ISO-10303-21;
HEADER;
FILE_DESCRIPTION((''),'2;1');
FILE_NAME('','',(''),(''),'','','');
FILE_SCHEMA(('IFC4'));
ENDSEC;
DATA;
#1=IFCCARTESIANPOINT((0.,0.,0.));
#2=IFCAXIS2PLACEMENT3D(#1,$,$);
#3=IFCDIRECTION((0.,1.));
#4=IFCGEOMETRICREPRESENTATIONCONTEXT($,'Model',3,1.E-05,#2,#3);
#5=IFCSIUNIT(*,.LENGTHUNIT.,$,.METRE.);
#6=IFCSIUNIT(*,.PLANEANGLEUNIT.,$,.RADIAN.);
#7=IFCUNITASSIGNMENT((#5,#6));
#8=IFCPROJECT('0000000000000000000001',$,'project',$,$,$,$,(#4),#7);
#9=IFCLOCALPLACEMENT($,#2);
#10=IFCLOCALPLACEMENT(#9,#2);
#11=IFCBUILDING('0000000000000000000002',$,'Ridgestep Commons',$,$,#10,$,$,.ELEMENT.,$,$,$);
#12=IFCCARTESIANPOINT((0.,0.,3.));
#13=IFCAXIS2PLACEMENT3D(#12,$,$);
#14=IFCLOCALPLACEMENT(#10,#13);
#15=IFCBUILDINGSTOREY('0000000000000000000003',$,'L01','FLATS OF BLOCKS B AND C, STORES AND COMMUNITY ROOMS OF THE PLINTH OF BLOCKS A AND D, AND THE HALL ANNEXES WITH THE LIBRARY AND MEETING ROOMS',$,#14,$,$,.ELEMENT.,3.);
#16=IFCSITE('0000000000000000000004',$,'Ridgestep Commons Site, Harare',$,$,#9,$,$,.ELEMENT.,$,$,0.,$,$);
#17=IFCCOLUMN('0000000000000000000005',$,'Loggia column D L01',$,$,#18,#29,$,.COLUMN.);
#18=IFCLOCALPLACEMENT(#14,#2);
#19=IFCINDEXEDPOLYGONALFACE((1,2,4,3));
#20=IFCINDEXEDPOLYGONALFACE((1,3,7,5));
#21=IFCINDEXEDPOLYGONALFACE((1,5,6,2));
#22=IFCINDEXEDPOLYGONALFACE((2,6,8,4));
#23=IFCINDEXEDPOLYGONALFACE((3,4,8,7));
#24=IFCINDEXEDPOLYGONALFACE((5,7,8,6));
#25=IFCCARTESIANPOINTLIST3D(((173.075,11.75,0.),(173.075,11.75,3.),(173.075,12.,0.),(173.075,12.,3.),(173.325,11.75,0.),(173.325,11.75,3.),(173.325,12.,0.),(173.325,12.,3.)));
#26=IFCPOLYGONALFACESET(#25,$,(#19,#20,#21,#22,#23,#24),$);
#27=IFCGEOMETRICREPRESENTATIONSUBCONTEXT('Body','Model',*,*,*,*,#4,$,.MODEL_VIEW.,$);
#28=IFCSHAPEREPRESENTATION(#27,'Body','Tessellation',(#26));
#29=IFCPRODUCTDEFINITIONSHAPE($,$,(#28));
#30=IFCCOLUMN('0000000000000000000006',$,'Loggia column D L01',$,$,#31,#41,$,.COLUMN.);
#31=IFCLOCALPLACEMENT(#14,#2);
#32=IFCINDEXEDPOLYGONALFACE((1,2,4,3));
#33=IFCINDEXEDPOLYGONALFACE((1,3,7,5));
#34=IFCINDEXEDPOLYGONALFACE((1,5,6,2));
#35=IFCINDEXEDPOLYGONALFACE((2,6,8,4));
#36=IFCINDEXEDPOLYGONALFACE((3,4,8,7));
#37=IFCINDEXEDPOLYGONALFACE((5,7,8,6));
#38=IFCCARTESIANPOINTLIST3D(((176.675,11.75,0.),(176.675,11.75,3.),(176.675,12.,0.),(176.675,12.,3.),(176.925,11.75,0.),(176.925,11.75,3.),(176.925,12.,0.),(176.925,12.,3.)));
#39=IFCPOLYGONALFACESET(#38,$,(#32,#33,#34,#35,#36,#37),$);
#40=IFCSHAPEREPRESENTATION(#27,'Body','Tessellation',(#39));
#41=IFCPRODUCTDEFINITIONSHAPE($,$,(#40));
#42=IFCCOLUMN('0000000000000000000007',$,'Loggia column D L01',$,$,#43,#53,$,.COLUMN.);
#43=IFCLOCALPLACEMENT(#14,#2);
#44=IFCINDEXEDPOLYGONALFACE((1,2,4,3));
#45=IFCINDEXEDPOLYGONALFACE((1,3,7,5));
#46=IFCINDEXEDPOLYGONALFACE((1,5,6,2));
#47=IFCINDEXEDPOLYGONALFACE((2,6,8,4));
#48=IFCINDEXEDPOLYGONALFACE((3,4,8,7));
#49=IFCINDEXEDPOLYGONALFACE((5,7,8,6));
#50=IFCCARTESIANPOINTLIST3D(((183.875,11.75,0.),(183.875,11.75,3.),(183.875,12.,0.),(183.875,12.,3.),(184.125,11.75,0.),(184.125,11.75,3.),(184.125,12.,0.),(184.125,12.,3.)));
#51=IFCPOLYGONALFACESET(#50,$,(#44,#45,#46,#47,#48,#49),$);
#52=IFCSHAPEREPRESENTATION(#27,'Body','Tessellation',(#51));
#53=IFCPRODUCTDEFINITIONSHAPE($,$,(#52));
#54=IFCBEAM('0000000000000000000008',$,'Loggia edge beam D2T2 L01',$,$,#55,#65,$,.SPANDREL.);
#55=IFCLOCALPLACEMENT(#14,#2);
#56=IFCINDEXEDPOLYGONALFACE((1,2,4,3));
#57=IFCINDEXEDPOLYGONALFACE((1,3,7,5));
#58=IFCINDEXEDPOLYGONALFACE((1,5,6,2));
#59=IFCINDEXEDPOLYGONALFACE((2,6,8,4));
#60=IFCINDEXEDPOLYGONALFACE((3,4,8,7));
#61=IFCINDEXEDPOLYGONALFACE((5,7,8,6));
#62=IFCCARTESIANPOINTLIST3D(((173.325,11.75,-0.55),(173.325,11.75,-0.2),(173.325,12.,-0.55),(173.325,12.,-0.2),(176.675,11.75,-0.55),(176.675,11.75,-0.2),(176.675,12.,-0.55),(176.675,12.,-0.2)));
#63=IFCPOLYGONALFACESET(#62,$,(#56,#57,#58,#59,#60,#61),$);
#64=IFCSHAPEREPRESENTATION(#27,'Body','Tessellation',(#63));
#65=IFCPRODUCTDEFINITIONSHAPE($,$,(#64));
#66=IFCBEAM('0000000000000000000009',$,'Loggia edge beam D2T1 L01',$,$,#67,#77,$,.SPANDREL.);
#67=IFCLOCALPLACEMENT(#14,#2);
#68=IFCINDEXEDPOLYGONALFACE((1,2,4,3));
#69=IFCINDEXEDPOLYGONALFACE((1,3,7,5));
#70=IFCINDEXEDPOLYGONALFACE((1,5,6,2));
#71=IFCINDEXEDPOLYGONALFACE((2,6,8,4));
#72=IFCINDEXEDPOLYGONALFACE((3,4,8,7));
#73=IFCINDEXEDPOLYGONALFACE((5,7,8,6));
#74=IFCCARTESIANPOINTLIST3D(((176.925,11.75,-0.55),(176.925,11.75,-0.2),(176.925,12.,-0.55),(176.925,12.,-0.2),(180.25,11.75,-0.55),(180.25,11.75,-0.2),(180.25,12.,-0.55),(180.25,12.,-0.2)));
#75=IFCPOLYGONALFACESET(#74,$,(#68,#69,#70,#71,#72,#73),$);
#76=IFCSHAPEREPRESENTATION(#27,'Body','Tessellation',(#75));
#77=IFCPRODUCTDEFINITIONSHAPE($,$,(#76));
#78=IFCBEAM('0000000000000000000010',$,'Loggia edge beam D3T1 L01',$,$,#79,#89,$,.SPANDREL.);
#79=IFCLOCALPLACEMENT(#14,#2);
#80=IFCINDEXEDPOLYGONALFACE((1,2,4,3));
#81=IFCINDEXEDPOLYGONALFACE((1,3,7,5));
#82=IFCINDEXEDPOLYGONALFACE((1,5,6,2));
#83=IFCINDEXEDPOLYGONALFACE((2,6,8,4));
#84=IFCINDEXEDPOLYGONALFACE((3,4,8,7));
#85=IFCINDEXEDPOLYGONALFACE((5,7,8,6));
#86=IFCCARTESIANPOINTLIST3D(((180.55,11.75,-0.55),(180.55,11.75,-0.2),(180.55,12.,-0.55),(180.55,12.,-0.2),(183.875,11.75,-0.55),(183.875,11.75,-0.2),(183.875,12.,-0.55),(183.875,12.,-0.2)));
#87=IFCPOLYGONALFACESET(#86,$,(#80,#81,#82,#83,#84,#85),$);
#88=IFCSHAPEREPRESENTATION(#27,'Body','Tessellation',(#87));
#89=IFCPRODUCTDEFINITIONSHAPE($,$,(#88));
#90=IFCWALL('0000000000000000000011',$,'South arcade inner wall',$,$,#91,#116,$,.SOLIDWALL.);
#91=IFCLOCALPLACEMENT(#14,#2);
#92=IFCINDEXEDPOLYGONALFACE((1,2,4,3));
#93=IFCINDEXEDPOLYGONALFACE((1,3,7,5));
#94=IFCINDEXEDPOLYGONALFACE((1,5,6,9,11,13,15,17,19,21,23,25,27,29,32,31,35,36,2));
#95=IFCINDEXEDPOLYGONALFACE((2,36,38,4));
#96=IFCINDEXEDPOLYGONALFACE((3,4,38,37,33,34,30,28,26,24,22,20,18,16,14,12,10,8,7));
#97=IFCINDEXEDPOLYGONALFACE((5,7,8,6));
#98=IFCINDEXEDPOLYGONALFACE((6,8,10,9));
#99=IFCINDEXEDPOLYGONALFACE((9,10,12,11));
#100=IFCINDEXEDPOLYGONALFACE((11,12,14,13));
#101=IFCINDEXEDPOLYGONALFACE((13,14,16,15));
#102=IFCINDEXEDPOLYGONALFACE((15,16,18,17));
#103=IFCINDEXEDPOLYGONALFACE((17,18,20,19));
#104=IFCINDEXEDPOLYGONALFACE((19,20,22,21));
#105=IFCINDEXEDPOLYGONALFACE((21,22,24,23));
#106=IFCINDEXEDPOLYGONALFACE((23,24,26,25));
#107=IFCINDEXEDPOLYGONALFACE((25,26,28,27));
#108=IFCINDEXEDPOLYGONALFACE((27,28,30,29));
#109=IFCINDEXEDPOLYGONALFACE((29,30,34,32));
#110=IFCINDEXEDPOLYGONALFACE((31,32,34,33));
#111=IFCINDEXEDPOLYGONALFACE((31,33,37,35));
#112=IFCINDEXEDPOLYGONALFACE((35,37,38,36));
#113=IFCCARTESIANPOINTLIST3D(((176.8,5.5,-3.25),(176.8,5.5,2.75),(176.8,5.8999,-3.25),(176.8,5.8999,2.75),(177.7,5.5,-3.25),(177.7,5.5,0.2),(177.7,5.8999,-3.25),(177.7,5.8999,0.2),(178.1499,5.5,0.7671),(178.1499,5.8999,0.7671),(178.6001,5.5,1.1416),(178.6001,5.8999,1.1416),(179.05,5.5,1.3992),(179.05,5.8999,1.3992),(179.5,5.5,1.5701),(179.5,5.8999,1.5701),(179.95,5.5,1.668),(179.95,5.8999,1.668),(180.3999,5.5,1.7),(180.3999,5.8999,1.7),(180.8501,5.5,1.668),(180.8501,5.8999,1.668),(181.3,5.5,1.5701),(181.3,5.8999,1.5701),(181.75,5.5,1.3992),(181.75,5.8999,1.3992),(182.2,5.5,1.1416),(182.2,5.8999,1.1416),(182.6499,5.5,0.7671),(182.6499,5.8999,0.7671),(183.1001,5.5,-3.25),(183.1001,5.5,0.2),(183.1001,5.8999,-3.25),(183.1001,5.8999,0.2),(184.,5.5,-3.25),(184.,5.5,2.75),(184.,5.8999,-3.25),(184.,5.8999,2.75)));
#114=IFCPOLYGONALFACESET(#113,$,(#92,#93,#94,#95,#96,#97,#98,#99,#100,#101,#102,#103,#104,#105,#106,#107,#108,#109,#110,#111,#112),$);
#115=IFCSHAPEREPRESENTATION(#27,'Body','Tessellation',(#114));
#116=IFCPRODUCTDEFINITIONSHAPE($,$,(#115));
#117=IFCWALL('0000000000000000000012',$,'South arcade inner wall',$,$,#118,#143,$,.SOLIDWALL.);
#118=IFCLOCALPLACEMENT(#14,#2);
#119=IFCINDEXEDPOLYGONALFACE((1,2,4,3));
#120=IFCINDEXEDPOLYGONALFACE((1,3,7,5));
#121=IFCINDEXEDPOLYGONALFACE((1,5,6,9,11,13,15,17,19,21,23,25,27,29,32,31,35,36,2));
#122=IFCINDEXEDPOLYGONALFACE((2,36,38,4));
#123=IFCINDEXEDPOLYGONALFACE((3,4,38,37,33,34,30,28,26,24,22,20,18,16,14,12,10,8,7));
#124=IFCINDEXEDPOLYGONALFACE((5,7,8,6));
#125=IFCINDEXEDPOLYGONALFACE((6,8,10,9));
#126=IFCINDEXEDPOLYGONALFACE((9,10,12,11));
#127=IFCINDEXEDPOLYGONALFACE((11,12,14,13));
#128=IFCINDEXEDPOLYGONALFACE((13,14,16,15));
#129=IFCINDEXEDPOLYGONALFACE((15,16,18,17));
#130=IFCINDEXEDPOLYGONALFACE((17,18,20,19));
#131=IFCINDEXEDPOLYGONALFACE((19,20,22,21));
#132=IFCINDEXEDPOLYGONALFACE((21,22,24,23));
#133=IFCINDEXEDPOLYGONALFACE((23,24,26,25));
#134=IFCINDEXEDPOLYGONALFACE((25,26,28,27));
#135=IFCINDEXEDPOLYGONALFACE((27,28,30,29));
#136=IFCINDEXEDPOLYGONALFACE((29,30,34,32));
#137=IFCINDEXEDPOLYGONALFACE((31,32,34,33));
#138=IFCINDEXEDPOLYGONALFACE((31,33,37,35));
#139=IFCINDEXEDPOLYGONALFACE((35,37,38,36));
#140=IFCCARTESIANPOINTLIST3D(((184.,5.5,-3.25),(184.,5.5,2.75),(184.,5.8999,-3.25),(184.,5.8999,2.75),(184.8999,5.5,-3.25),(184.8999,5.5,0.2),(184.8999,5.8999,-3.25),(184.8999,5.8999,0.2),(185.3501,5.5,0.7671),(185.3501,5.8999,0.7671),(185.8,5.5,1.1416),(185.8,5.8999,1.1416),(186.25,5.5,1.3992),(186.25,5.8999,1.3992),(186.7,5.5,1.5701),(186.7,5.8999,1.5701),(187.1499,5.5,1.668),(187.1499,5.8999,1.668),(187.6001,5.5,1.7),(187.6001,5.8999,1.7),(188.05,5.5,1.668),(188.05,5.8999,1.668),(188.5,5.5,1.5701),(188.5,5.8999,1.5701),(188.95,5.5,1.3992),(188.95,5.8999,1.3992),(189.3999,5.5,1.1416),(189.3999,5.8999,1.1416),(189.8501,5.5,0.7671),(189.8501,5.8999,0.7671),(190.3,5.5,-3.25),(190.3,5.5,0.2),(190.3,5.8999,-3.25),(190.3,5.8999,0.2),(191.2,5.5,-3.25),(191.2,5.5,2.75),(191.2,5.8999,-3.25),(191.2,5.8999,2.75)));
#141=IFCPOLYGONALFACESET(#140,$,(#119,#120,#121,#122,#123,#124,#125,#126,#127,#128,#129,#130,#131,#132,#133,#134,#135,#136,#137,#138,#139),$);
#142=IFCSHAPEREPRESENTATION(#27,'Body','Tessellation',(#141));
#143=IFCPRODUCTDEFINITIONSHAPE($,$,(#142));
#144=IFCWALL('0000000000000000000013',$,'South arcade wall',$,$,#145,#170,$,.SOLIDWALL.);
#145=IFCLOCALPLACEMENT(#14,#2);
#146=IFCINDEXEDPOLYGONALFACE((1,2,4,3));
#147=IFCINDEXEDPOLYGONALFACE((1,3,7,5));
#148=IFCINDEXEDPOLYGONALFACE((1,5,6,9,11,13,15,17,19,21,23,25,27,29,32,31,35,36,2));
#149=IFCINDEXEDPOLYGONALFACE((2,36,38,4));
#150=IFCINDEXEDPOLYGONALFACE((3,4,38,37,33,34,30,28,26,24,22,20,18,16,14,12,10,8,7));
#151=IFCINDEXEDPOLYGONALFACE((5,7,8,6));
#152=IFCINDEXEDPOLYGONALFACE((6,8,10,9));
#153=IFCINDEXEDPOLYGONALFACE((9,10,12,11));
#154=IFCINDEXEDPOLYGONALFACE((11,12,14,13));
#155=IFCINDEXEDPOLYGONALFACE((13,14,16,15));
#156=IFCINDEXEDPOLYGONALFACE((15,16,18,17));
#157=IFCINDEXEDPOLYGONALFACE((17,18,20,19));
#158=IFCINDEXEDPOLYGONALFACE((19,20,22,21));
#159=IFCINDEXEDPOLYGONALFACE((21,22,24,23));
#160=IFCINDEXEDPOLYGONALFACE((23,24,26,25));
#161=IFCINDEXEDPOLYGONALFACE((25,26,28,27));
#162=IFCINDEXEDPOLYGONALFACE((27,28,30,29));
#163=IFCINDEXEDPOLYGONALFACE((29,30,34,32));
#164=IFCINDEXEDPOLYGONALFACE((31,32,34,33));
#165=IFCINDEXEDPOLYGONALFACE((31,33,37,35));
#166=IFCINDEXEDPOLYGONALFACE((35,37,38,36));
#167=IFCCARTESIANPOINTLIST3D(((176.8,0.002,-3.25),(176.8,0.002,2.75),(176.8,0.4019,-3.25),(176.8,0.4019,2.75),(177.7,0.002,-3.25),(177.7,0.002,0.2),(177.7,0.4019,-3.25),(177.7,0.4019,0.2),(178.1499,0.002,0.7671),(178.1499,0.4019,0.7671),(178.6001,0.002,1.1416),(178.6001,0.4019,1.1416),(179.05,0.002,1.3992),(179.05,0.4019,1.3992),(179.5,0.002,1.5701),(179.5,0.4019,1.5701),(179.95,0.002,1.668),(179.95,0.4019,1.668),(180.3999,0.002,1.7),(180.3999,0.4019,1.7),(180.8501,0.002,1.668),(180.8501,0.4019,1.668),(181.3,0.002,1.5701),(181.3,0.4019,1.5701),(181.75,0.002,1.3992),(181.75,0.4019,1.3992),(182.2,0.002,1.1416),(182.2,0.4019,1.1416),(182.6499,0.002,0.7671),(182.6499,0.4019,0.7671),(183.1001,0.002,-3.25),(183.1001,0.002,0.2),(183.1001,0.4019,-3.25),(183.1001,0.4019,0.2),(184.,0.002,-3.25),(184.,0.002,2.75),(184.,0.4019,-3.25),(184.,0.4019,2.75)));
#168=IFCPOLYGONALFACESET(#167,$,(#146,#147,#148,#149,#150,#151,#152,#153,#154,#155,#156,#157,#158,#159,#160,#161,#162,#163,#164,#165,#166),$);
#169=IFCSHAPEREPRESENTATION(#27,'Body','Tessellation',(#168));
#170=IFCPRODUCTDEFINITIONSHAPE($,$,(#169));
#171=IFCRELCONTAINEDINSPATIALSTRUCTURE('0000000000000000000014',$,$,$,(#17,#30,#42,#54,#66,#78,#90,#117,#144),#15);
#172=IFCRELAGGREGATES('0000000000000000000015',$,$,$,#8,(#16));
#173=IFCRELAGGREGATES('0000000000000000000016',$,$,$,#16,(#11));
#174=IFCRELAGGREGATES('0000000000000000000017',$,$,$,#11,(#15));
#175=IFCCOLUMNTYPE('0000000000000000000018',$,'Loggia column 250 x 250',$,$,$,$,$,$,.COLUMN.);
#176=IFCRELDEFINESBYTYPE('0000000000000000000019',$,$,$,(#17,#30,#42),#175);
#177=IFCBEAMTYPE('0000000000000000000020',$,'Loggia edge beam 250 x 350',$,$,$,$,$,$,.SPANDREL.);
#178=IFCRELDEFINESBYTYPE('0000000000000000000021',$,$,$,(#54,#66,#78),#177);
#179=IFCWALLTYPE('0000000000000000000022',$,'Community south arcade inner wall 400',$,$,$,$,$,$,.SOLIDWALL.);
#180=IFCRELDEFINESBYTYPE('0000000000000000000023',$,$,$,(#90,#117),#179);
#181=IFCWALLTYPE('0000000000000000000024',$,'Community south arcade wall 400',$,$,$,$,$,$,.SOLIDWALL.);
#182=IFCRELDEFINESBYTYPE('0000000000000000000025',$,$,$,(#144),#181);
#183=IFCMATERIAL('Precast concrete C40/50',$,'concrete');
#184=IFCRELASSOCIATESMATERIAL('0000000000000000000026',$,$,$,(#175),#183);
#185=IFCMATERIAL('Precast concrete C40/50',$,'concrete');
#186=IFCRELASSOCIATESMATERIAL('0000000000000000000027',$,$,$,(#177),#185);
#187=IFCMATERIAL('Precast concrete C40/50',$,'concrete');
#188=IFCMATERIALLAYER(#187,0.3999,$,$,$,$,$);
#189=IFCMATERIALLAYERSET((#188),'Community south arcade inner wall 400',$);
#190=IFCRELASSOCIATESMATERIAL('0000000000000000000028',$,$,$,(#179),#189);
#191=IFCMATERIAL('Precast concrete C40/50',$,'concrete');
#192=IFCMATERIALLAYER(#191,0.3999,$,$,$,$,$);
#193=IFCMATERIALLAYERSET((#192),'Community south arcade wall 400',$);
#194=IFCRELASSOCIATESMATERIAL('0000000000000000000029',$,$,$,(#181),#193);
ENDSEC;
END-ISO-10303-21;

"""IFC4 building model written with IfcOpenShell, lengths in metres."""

from ifc_helpers import new_model, si_unit, direction, frame, origin, origin_2d, place, context, subcontext, project, spatial, polyline, rectangle, outline, extrude, material, layer, layer_set, material_profile, profile_set, type_object, element, save


model = new_model("IFC4")

# Units and contexts
model_context = context("Model", 3, precision=1e-05, world=origin(), true_north=direction((0.0, 1.0)))
body_context = subcontext(model_context, "Body", "Model", "MODEL_VIEW")
ifc_project = project(units=[si_unit("LENGTHUNIT", "METRE"), si_unit("PLANEANGLEUNIT", "RADIAN")], contexts=[model_context])

# Site, building, storey
site_placement = place(None, origin())
site = spatial("IfcSite", under=ifc_project, at=site_placement, Name="Ridgestep Commons Site, Harare", CompositionType="ELEMENT", RefElevation=0.0)
building_placement = place(site_placement, origin())
building = spatial("IfcBuilding", under=site, at=building_placement, Name="Ridgestep Commons", CompositionType="ELEMENT")
storey_placement = place(building_placement, frame((0.0, 0.0, 3.0)))
storey = spatial("IfcBuildingStorey", under=building, at=storey_placement, Name="L01", Description="FLATS OF BLOCKS B AND C, STORES AND COMMUNITY ROOMS OF THE PLINTH OF BLOCKS A AND D, AND THE HALL ANNEXES WITH THE LIBRARY AND MEETING ROOMS", CompositionType="ELEMENT", Elevation=3.0)

# Columns
ifc_material_1 = material(Name="Precast concrete C40/50", Category="concrete")
ifc_material_profile_1 = material_profile(ifc_material_1, rectangle(XDim=0.25, YDim=0.25, at=origin_2d()), Name="PC 250x250")
ifc_profile_set_1 = profile_set([ifc_material_profile_1], Name="Precast concrete C40/50")
column_type = type_object("IfcColumnType", Name="Loggia column 250 x 250", PredefinedType="COLUMN", material=ifc_profile_set_1)
for number, where, z_axis, x_axis, name in (
    (1, (173.2, 11.875, 0.0), (0.0, 0.0, 1.0), (1.0, 0.0, 0.0), "Loggia column D L01"),
    (2, (176.8, 11.875, 0.0), (0.0, 0.0, 1.0), (1.0, 0.0, 0.0), "Loggia column D L01"),
    (3, (184.0, 11.875, 0.0), (0.0, 0.0, 1.0), (1.0, 0.0, 0.0), "Loggia column D L01"),
):
    element("IfcColumn", number, at=place(storey_placement, frame(where, z_axis=z_axis, x_axis=x_axis)), inside=storey, type_object=column_type, Name=name, PredefinedType="COLUMN", context=body_context, shape_type="SweptSolid", body=[
        extrude(rectangle(XDim=0.25, YDim=0.25, at=origin_2d()), origin(), (0.0, 0.0, 1.0), 3.0),
    ])

# Beams
ifc_material_2 = material(Name="Precast concrete C40/50", Category="concrete")
ifc_material_profile_2 = material_profile(ifc_material_2, rectangle(XDim=0.25, YDim=0.3501, at=origin_2d()), Name="PC 250x350")
ifc_profile_set_2 = profile_set([ifc_material_profile_2], Name="Precast concrete C40/50")
beam_type = type_object("IfcBeamType", Name="Loggia edge beam 250 x 350", PredefinedType="SPANDREL", material=ifc_profile_set_2)
beam_placement = place(storey_placement, frame((173.325, 11.875, -0.375), z_axis=(1.0, 0.0, 0.0), x_axis=(0.0, 1.0, 0.0)))
element("IfcBeam", 4, at=beam_placement, inside=storey, type_object=beam_type, Name="Loggia edge beam D2T2 L01", PredefinedType="SPANDREL", context=body_context, shape_type="SweptSolid", body=[
    extrude(rectangle(XDim=0.25, YDim=0.3501, at=origin_2d()), origin(), (0.0, 0.0, 1.0), 3.3501),
])
for number, where, z_axis, x_axis, name in (
    (5, (176.925, 11.875, -0.375), (1.0, 0.0, 0.0), (0.0, 1.0, 0.0), "Loggia edge beam D2T1 L01"),
    (6, (180.55, 11.875, -0.375), (1.0, 0.0, 0.0), (0.0, 1.0, 0.0), "Loggia edge beam D3T1 L01"),
):
    element("IfcBeam", number, at=place(storey_placement, frame(where, z_axis=z_axis, x_axis=x_axis)), inside=storey, type_object=beam_type, Name=name, PredefinedType="SPANDREL", context=body_context, shape_type="SweptSolid", body=[
        extrude(rectangle(XDim=0.25, YDim=0.3501, at=origin_2d()), origin(), (0.0, 0.0, 1.0), 3.325),
    ])

# Walls
ifc_material_3 = material(Name="Precast concrete C40/50", Category="concrete")
ifc_layer_1 = layer(ifc_material_3, 0.3999)
ifc_layer_set_1 = layer_set([ifc_layer_1], Name="Community south arcade inner wall 400")
wall_type_1 = type_object("IfcWallType", Name="Community south arcade inner wall 400", PredefinedType="SOLIDWALL", material=ifc_layer_set_1)
wall_1_placement = place(storey_placement, frame((176.8, 5.5, -3.25), z_axis=(0.0, -1.0, 0.0), x_axis=(1.0, 0.0, 0.0)))
element("IfcWall", 7, at=wall_1_placement, inside=storey, type_object=wall_type_1, Name="South arcade inner wall", PredefinedType="SOLIDWALL", context=body_context, shape_type="SweptSolid", body=[
    extrude(outline(polyline([(0.0, 0.0), (0.8999, 0.0), (0.8999, 3.45), (1.3499, 4.0171), (1.8, 4.3916), (2.25, 4.6492), (2.7, 4.8201), (3.1499, 4.918), (3.5999, 4.95), (4.05, 4.918), (4.5, 4.8201), (4.95, 4.6492), (5.3999, 4.3916), (5.8499, 4.0171), (6.3, 3.45), (6.3, 0.0), (7.2, 0.0), (7.2, 6.0), (0.0, 6.0), (0.0, 0.0)])), origin(), (0.0, 0.0, -1.0), 0.3999),
])
wall_2_placement = place(storey_placement, frame((184.0, 5.5, -3.25), z_axis=(0.0, -1.0, 0.0), x_axis=(1.0, 0.0, 0.0)))
element("IfcWall", 8, at=wall_2_placement, inside=storey, type_object=wall_type_1, Name="South arcade inner wall", PredefinedType="SOLIDWALL", context=body_context, shape_type="SweptSolid", body=[
    extrude(outline(polyline([(0.0, 0.0), (0.8999, 0.0), (0.8999, 3.45), (1.3501, 4.0171), (1.8, 4.3916), (2.25, 4.6492), (2.7, 4.8201), (3.1499, 4.918), (3.6001, 4.95), (4.05, 4.918), (4.5, 4.8201), (4.95, 4.6492), (5.3999, 4.3916), (5.8501, 4.0171), (6.3, 3.45), (6.3, 0.0), (7.2, 0.0), (7.2, 6.0), (0.0, 6.0), (0.0, 0.0)])), origin(), (0.0, 0.0, -1.0), 0.3999),
])
ifc_material_4 = material(Name="Precast concrete C40/50", Category="concrete")
ifc_layer_2 = layer(ifc_material_4, 0.3999)
ifc_layer_set_2 = layer_set([ifc_layer_2], Name="Community south arcade wall 400")
wall_type_2 = type_object("IfcWallType", Name="Community south arcade wall 400", PredefinedType="SOLIDWALL", material=ifc_layer_set_2)
wall_3_placement = place(storey_placement, frame((176.8, 0.002, -3.25), z_axis=(0.0, -1.0, 0.0), x_axis=(1.0, 0.0, 0.0)))
element("IfcWall", 9, at=wall_3_placement, inside=storey, type_object=wall_type_2, Name="South arcade wall", PredefinedType="SOLIDWALL", context=body_context, shape_type="SweptSolid", body=[
    extrude(outline(polyline([(0.0, 0.0), (0.8999, 0.0), (0.8999, 3.45), (1.3499, 4.0171), (1.8, 4.3916), (2.25, 4.6492), (2.7, 4.8201), (3.1499, 4.918), (3.5999, 4.95), (4.05, 4.918), (4.5, 4.8201), (4.95, 4.6492), (5.3999, 4.3916), (5.8499, 4.0171), (6.3, 3.45), (6.3, 0.0), (7.2, 0.0), (7.2, 6.0), (0.0, 6.0), (0.0, 0.0)])), origin(), (0.0, 0.0, -1.0), 0.3999),
])

save(model, "model.ifc")
